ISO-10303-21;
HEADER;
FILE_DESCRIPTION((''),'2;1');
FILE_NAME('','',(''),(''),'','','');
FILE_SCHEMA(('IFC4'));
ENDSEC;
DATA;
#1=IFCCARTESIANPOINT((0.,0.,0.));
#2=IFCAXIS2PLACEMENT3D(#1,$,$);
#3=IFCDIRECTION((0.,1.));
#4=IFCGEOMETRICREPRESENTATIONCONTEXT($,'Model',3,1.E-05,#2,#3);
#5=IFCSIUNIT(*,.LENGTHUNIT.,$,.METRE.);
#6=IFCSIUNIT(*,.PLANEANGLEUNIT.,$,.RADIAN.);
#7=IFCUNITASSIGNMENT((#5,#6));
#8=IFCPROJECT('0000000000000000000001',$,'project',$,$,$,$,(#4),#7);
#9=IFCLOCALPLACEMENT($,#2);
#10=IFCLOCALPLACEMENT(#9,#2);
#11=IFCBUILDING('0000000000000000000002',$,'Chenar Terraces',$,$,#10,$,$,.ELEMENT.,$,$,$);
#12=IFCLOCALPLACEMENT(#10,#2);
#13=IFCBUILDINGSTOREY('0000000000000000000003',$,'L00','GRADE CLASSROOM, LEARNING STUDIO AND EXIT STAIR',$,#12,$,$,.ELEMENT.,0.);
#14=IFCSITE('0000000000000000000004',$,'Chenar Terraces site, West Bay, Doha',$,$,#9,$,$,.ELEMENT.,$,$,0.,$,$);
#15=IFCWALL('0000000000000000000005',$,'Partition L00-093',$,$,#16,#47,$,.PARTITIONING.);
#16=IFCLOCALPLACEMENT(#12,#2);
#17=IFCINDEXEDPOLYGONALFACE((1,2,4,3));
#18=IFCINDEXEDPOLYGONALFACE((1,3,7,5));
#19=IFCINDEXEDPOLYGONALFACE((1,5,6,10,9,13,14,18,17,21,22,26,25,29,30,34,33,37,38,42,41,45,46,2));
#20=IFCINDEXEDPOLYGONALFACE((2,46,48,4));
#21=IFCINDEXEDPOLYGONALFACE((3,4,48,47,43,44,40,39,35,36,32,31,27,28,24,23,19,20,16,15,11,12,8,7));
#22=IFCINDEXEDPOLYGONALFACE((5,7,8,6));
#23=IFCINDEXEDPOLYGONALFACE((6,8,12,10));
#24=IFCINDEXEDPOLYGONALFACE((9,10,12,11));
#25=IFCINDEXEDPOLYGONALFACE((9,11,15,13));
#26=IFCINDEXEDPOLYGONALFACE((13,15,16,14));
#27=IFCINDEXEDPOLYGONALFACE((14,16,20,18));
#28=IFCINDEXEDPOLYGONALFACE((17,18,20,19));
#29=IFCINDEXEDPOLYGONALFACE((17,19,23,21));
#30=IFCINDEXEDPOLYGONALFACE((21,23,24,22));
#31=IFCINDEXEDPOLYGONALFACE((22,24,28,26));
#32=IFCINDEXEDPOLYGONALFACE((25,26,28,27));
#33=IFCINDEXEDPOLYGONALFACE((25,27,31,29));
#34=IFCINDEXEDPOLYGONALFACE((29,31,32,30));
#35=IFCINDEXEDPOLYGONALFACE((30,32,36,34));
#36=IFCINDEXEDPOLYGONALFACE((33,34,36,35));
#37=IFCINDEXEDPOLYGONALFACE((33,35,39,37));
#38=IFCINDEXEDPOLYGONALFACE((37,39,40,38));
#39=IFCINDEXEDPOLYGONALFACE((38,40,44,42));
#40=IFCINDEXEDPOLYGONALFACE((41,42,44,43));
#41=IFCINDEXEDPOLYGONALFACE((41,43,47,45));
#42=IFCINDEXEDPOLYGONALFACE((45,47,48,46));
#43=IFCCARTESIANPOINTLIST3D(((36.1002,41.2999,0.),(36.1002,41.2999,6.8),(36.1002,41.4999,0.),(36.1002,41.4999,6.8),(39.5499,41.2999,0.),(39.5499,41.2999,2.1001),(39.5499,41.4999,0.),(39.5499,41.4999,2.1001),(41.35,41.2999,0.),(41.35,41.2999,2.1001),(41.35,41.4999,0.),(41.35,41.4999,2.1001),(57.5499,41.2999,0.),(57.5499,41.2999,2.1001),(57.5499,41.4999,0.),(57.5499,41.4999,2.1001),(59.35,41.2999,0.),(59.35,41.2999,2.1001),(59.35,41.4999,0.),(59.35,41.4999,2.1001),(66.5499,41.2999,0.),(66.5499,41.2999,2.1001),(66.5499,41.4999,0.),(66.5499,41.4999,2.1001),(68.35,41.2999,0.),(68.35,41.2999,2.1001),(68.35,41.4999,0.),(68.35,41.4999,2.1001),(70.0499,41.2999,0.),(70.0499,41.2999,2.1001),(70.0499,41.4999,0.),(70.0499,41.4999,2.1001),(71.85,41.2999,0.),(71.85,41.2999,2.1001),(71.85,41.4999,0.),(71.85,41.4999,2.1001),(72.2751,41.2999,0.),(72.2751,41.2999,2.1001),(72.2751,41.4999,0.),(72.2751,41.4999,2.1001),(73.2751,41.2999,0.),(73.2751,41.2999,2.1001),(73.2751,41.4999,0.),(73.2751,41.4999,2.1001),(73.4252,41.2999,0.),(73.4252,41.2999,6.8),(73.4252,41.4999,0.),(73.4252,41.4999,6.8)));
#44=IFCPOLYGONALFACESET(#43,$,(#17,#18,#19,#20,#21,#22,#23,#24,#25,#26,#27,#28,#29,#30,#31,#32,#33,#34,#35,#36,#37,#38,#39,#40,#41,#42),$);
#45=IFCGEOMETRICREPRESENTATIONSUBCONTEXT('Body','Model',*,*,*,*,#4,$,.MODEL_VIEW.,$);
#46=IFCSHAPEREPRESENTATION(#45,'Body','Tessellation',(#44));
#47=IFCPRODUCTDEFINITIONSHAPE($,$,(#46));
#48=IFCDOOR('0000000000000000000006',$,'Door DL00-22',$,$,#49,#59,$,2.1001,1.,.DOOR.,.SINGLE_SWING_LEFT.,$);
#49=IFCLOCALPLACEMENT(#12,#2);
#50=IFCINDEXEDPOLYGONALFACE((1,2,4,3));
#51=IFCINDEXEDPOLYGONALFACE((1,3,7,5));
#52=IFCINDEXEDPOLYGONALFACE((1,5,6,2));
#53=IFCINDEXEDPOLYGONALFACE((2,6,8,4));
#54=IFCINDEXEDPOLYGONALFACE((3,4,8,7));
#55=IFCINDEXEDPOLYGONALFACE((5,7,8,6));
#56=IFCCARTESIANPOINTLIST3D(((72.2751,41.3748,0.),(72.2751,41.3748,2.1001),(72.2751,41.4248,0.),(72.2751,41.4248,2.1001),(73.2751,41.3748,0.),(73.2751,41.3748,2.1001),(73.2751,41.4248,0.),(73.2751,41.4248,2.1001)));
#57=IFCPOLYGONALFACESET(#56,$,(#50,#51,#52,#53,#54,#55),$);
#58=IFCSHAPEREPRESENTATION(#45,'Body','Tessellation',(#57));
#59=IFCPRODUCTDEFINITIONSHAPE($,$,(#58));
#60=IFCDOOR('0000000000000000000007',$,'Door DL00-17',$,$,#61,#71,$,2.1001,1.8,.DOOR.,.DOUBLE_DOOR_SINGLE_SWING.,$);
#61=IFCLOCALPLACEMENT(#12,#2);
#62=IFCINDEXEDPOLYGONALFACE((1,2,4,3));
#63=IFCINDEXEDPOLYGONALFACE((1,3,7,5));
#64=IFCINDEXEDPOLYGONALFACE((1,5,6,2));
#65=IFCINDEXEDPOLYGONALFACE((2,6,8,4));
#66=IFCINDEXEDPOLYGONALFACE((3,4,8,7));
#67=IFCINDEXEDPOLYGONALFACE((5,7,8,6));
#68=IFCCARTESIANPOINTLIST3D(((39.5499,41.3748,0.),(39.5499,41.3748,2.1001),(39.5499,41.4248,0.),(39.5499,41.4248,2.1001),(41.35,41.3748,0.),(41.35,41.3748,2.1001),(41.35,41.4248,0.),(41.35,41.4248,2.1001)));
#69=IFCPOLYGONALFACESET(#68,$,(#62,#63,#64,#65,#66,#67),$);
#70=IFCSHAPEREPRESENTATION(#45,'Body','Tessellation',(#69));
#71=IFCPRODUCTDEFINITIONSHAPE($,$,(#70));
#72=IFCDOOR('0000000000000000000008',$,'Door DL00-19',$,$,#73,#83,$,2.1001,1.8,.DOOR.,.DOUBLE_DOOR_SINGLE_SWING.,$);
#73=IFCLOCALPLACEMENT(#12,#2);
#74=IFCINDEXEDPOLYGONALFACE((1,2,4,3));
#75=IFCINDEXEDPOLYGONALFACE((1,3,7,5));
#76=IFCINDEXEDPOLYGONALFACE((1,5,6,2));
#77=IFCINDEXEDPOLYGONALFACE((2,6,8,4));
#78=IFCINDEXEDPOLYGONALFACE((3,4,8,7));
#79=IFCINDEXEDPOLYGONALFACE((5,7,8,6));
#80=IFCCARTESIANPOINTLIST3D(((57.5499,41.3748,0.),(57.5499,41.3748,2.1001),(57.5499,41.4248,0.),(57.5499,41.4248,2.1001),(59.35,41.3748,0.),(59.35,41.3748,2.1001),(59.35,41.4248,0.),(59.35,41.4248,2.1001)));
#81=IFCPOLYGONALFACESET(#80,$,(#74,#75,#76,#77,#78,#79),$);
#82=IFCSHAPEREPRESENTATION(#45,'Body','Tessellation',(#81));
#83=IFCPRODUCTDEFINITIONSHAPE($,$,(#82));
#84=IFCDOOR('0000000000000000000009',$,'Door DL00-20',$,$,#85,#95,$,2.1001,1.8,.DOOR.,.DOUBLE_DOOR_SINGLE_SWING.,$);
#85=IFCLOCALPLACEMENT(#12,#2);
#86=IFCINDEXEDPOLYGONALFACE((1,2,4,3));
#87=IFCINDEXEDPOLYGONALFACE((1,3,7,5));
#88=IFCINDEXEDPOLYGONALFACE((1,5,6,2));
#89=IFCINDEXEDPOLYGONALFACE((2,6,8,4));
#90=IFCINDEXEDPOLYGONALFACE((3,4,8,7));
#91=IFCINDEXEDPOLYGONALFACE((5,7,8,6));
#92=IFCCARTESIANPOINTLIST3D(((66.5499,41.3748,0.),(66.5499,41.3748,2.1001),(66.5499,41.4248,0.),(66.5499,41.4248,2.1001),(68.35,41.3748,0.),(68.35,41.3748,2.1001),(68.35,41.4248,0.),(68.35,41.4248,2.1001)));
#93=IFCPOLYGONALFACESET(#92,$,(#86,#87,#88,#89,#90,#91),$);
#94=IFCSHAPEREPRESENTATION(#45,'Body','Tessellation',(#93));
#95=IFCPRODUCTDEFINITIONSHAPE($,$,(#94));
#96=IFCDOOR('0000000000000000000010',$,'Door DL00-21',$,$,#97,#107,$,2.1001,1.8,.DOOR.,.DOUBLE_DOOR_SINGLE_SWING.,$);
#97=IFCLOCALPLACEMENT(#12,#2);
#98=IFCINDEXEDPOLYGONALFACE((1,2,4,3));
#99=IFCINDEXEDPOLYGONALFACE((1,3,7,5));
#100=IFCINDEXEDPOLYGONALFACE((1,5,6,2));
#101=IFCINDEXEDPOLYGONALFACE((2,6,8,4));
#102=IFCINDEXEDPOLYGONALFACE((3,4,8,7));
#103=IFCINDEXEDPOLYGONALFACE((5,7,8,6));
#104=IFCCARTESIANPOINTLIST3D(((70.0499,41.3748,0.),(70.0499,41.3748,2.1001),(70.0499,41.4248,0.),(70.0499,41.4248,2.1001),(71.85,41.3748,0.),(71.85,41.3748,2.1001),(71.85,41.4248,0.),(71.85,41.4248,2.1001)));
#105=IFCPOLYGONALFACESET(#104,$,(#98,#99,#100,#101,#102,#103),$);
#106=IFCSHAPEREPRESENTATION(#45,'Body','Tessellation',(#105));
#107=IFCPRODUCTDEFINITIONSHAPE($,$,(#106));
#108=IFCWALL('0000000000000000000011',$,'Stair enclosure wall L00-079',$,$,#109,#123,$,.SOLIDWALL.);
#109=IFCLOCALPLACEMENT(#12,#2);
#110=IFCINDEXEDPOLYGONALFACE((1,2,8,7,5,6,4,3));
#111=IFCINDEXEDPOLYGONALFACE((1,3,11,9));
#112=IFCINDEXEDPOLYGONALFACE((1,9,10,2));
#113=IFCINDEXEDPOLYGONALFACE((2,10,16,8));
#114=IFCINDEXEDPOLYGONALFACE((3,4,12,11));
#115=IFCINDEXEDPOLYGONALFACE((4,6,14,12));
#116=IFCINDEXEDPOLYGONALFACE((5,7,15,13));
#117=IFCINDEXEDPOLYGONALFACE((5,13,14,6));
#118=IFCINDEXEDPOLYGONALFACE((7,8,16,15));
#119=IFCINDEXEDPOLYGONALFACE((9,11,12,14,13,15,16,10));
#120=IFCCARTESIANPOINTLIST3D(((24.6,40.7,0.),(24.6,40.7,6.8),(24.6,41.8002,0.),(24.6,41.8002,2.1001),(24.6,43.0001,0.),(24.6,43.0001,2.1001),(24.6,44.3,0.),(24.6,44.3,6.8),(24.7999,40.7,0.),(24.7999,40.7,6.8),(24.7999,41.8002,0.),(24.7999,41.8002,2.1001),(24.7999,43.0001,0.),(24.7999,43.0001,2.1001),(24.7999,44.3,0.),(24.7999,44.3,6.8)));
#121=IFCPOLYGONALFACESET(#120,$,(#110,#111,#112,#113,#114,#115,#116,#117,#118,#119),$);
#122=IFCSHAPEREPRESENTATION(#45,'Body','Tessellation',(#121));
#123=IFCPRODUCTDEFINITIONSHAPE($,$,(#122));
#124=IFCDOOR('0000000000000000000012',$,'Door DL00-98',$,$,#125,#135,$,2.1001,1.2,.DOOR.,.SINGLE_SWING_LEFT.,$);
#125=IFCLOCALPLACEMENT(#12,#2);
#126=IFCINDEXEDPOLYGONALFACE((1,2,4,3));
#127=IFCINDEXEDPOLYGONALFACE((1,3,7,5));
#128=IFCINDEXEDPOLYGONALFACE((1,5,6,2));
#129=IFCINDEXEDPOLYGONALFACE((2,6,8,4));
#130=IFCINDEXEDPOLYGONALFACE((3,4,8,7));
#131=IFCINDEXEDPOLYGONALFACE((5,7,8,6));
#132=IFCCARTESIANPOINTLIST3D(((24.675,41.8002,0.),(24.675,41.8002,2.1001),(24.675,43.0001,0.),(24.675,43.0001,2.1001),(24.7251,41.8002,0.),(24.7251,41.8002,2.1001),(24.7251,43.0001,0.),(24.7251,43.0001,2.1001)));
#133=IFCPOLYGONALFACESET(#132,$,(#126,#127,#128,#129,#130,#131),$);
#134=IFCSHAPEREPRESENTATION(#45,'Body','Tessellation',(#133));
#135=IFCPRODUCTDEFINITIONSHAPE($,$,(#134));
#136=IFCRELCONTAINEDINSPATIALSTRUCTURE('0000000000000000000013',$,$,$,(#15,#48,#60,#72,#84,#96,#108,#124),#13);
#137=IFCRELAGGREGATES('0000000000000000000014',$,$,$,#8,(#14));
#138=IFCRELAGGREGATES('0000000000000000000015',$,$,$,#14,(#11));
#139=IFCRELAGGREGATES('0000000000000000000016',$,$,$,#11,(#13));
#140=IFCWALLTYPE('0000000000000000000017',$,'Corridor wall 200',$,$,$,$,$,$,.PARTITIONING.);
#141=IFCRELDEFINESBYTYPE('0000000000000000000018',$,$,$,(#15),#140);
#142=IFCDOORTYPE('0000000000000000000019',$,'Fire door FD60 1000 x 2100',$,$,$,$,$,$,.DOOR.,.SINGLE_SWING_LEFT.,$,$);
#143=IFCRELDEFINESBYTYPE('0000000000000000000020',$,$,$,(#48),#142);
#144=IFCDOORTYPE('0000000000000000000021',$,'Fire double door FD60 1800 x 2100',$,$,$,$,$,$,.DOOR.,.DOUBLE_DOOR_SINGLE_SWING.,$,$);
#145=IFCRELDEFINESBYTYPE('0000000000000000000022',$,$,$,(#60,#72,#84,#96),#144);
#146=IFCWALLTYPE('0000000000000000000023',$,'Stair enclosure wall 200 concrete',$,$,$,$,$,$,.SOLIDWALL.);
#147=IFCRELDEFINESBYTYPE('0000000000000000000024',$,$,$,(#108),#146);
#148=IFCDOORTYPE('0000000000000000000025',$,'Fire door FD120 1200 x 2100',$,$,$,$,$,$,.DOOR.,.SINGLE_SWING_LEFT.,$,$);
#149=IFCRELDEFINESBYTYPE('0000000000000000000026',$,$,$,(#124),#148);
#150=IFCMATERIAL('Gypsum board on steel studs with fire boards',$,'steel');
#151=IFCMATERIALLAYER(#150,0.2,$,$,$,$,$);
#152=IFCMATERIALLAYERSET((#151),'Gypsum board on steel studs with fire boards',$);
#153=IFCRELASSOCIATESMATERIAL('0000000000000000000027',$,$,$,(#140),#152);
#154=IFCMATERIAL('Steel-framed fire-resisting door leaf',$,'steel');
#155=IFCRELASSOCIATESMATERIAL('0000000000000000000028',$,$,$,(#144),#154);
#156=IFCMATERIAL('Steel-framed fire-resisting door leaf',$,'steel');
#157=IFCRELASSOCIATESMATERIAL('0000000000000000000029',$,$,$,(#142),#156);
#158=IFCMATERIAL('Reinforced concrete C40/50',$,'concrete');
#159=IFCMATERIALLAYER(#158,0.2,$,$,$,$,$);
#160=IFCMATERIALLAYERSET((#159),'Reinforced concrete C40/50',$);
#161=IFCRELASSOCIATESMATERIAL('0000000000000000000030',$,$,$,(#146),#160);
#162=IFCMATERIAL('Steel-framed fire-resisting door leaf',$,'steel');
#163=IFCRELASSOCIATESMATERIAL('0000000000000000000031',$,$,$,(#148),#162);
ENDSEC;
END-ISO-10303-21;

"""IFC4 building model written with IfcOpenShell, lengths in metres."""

from ifc_helpers import new_model, si_unit, direction, frame, frame_2d, origin, place, context, subcontext, project, spatial, rectangle, extrude, material, layer, layer_set, type_object, element, fill, save


model = new_model("IFC4")

# Units and contexts
model_context = context("Model", 3, precision=1e-05, world=origin(), true_north=direction((0.0, 1.0)))
body_context = subcontext(model_context, "Body", "Model", "MODEL_VIEW")
ifc_project = project(units=[si_unit("LENGTHUNIT", "METRE"), si_unit("PLANEANGLEUNIT", "RADIAN")], contexts=[model_context])

# Site, building, storey
site_placement = place(None, origin())
site = spatial("IfcSite", under=ifc_project, at=site_placement, Name="Chenar Terraces site, West Bay, Doha", CompositionType="ELEMENT", RefElevation=0.0)
building_placement = place(site_placement, origin())
building = spatial("IfcBuilding", under=site, at=building_placement, Name="Chenar Terraces", CompositionType="ELEMENT")
storey_placement = place(building_placement, origin())
storey = spatial("IfcBuildingStorey", under=building, at=storey_placement, Name="L00", Description="GRADE CLASSROOM, LEARNING STUDIO AND EXIT STAIR", CompositionType="ELEMENT", Elevation=0.0)

# Shared definitions
ifc_material_1 = material(Name="Gypsum board on steel studs with fire boards", Category="steel")
ifc_layer_1 = layer(ifc_material_1, 0.2)
ifc_layer_set_1 = layer_set([ifc_layer_1], Name="Gypsum board on steel studs with fire boards")
wall_type_1 = type_object("IfcWallType", Name="Corridor wall 200", PredefinedType="PARTITIONING", material=ifc_layer_set_1)
ifc_material_2 = material(Name="Steel-framed fire-resisting door leaf", Category="steel")
door_type_1 = type_object("IfcDoorType", Name="Fire double door FD60 1800 x 2100", OperationType="DOUBLE_DOOR_SINGLE_SWING", PredefinedType="DOOR", material=ifc_material_2)

# Wall, openings, doors
wall_1_placement = place(storey_placement, frame((36.1001, 41.3999, 0.0), z_axis=(0.0, 0.0, 1.0), x_axis=(1.0, 0.0, 0.0)))
wall_1 = element("IfcWall", 1, at=wall_1_placement, inside=storey, type_object=wall_type_1, Name="Partition L00-093", PredefinedType="PARTITIONING", context=body_context, shape_type="SweptSolid", body=[
    extrude(rectangle(XDim=37.325, YDim=0.2, at=frame_2d((18.6626, 0.0))), origin(), (0.0, 0.0, 1.0), 6.8),
])
opening_1_placement = place(wall_1_placement, frame((3.45, 0.0, 0.0)))
opening_1 = element("IfcOpeningElement", 2, at=opening_1_placement, cuts=wall_1, PredefinedType="OPENING", context=body_context, shape_type="SweptSolid", body=[
    extrude(rectangle(XDim=1.8, YDim=2.1001, at=frame_2d((0.8999, 1.05))), frame((0.0, 0.1099, 0.0), z_axis=(0.0, -1.0, 0.0), x_axis=(1.0, 0.0, 0.0)), (0.0, 0.0, 1.0), 0.22),
])
opening_2_placement = place(wall_1_placement, frame((21.45, 0.0, 0.0)))
opening_2 = element("IfcOpeningElement", 3, at=opening_2_placement, cuts=wall_1, PredefinedType="OPENING", context=body_context, shape_type="SweptSolid", body=[
    extrude(rectangle(XDim=1.8, YDim=2.1001, at=frame_2d((0.8999, 1.05))), frame((0.0, 0.1099, 0.0), z_axis=(0.0, -1.0, 0.0), x_axis=(1.0, 0.0, 0.0)), (0.0, 0.0, 1.0), 0.22),
])
opening_3_placement = place(wall_1_placement, frame((30.45, 0.0, 0.0)))
opening_3 = element("IfcOpeningElement", 4, at=opening_3_placement, cuts=wall_1, PredefinedType="OPENING", context=body_context, shape_type="SweptSolid", body=[
    extrude(rectangle(XDim=1.8, YDim=2.1001, at=frame_2d((0.8999, 1.05))), frame((0.0, 0.1099, 0.0), z_axis=(0.0, -1.0, 0.0), x_axis=(1.0, 0.0, 0.0)), (0.0, 0.0, 1.0), 0.22),
])
opening_4_placement = place(wall_1_placement, frame((33.95, 0.0, 0.0)))
opening_4 = element("IfcOpeningElement", 5, at=opening_4_placement, cuts=wall_1, PredefinedType="OPENING", context=body_context, shape_type="SweptSolid", body=[
    extrude(rectangle(XDim=1.8, YDim=2.1001, at=frame_2d((0.8999, 1.05))), frame((0.0, 0.1099, 0.0), z_axis=(0.0, -1.0, 0.0), x_axis=(1.0, 0.0, 0.0)), (0.0, 0.0, 1.0), 0.22),
])
opening_5_placement = place(wall_1_placement, frame((36.175, 0.0, 0.0)))
opening_5 = element("IfcOpeningElement", 6, at=opening_5_placement, cuts=wall_1, PredefinedType="OPENING", context=body_context, shape_type="SweptSolid", body=[
    extrude(rectangle(XDim=1.0, YDim=2.1001, at=frame_2d((0.5, 1.05))), frame((0.0, 0.1099, 0.0), z_axis=(0.0, -1.0, 0.0), x_axis=(1.0, 0.0, 0.0)), (0.0, 0.0, 1.0), 0.22),
])
ifc_material_3 = material(Name="Steel-framed fire-resisting door leaf", Category="steel")
door_type_2 = type_object("IfcDoorType", Name="Fire door FD60 1000 x 2100", OperationType="SINGLE_SWING_LEFT", PredefinedType="DOOR", material=ifc_material_3)
door_1_placement = place(opening_5_placement, origin())
door_1 = element("IfcDoor", 7, at=door_1_placement, inside=storey, type_object=door_type_2, Name="Door DL00-22", OperationType="SINGLE_SWING_LEFT", OverallHeight=2.1001, OverallWidth=1.0, PredefinedType="DOOR", context=body_context, shape_type="SweptSolid", body=[
    extrude(rectangle(XDim=1.0, YDim=2.1001, at=frame_2d((0.5, 1.05))), frame((0.0, 0.0249, 0.0), z_axis=(0.0, -1.0, 0.0), x_axis=(1.0, 0.0, 0.0)), (0.0, 0.0, 1.0), 0.05),
])
fill(opening_5, door_1)
door_2_placement = place(opening_1_placement, origin())
door_2 = element("IfcDoor", 8, at=door_2_placement, inside=storey, type_object=door_type_1, Name="Door DL00-17", OperationType="DOUBLE_DOOR_SINGLE_SWING", OverallHeight=2.1001, OverallWidth=1.8, PredefinedType="DOOR", context=body_context, shape_type="SweptSolid", body=[
    extrude(rectangle(XDim=1.8, YDim=2.1001, at=frame_2d((0.8999, 1.05))), frame((0.0, 0.0249, 0.0), z_axis=(0.0, -1.0, 0.0), x_axis=(1.0, 0.0, 0.0)), (0.0, 0.0, 1.0), 0.05),
])
fill(opening_1, door_2)
door_3_placement = place(opening_2_placement, origin())
door_3 = element("IfcDoor", 9, at=door_3_placement, inside=storey, type_object=door_type_1, Name="Door DL00-19", OperationType="DOUBLE_DOOR_SINGLE_SWING", OverallHeight=2.1001, OverallWidth=1.8, PredefinedType="DOOR", context=body_context, shape_type="SweptSolid", body=[
    extrude(rectangle(XDim=1.8, YDim=2.1001, at=frame_2d((0.8999, 1.05))), frame((0.0, 0.0249, 0.0), z_axis=(0.0, -1.0, 0.0), x_axis=(1.0, 0.0, 0.0)), (0.0, 0.0, 1.0), 0.05),
])
fill(opening_2, door_3)
door_4_placement = place(opening_3_placement, origin())
door_4 = element("IfcDoor", 10, at=door_4_placement, inside=storey, type_object=door_type_1, Name="Door DL00-20", OperationType="DOUBLE_DOOR_SINGLE_SWING", OverallHeight=2.1001, OverallWidth=1.8, PredefinedType="DOOR", context=body_context, shape_type="SweptSolid", body=[
    extrude(rectangle(XDim=1.8, YDim=2.1001, at=frame_2d((0.8999, 1.05))), frame((0.0, 0.0249, 0.0), z_axis=(0.0, -1.0, 0.0), x_axis=(1.0, 0.0, 0.0)), (0.0, 0.0, 1.0), 0.05),
])
fill(opening_3, door_4)
door_5_placement = place(opening_4_placement, origin())
door_5 = element("IfcDoor", 11, at=door_5_placement, inside=storey, type_object=door_type_1, Name="Door DL00-21", OperationType="DOUBLE_DOOR_SINGLE_SWING", OverallHeight=2.1001, OverallWidth=1.8, PredefinedType="DOOR", context=body_context, shape_type="SweptSolid", body=[
    extrude(rectangle(XDim=1.8, YDim=2.1001, at=frame_2d((0.8999, 1.05))), frame((0.0, 0.0249, 0.0), z_axis=(0.0, -1.0, 0.0), x_axis=(1.0, 0.0, 0.0)), (0.0, 0.0, 1.0), 0.05),
])
fill(opening_4, door_5)

# Wall, opening, door
ifc_material_4 = material(Name="Reinforced concrete C40/50", Category="concrete")
ifc_layer_2 = layer(ifc_material_4, 0.2)
ifc_layer_set_2 = layer_set([ifc_layer_2], Name="Reinforced concrete C40/50")
wall_type_2 = type_object("IfcWallType", Name="Stair enclosure wall 200 concrete", PredefinedType="SOLIDWALL", material=ifc_layer_set_2)
wall_2_placement = place(storey_placement, frame((24.7, 40.7, 0.0), z_axis=(0.0, 0.0, 1.0), x_axis=(0.0, 1.0, 0.0)))
wall_2 = element("IfcWall", 12, at=wall_2_placement, inside=storey, type_object=wall_type_2, Name="Stair enclosure wall L00-079", PredefinedType="SOLIDWALL", context=body_context, shape_type="SweptSolid", body=[
    extrude(rectangle(XDim=3.6001, YDim=0.2, at=frame_2d((1.8, 0.0))), origin(), (0.0, 0.0, 1.0), 6.8),
])
opening_6_placement = place(wall_2_placement, frame((1.1001, 0.0, 0.0)))
opening_6 = element("IfcOpeningElement", 13, at=opening_6_placement, cuts=wall_2, PredefinedType="OPENING", context=body_context, shape_type="SweptSolid", body=[
    extrude(rectangle(XDim=1.2, YDim=2.1001, at=frame_2d((0.6001, 1.05))), frame((0.0, 0.1099, 0.0), z_axis=(0.0, -1.0, 0.0), x_axis=(1.0, 0.0, 0.0)), (0.0, 0.0, 1.0), 0.22),
])
ifc_material_5 = material(Name="Steel-framed fire-resisting door leaf", Category="steel")
door_type_3 = type_object("IfcDoorType", Name="Fire door FD120 1200 x 2100", OperationType="SINGLE_SWING_LEFT", PredefinedType="DOOR", material=ifc_material_5)
door_6_placement = place(opening_6_placement, origin())
door_6 = element("IfcDoor", 14, at=door_6_placement, inside=storey, type_object=door_type_3, Name="Door DL00-98", OperationType="SINGLE_SWING_LEFT", OverallHeight=2.1001, OverallWidth=1.2, PredefinedType="DOOR", context=body_context, shape_type="SweptSolid", body=[
    extrude(rectangle(XDim=1.2, YDim=2.1001, at=frame_2d((0.6001, 1.05))), frame((0.0, 0.0249, 0.0), z_axis=(0.0, -1.0, 0.0), x_axis=(1.0, 0.0, 0.0)), (0.0, 0.0, 1.0), 0.05),
])
fill(opening_6, door_6)

save(model, "model.ifc")
